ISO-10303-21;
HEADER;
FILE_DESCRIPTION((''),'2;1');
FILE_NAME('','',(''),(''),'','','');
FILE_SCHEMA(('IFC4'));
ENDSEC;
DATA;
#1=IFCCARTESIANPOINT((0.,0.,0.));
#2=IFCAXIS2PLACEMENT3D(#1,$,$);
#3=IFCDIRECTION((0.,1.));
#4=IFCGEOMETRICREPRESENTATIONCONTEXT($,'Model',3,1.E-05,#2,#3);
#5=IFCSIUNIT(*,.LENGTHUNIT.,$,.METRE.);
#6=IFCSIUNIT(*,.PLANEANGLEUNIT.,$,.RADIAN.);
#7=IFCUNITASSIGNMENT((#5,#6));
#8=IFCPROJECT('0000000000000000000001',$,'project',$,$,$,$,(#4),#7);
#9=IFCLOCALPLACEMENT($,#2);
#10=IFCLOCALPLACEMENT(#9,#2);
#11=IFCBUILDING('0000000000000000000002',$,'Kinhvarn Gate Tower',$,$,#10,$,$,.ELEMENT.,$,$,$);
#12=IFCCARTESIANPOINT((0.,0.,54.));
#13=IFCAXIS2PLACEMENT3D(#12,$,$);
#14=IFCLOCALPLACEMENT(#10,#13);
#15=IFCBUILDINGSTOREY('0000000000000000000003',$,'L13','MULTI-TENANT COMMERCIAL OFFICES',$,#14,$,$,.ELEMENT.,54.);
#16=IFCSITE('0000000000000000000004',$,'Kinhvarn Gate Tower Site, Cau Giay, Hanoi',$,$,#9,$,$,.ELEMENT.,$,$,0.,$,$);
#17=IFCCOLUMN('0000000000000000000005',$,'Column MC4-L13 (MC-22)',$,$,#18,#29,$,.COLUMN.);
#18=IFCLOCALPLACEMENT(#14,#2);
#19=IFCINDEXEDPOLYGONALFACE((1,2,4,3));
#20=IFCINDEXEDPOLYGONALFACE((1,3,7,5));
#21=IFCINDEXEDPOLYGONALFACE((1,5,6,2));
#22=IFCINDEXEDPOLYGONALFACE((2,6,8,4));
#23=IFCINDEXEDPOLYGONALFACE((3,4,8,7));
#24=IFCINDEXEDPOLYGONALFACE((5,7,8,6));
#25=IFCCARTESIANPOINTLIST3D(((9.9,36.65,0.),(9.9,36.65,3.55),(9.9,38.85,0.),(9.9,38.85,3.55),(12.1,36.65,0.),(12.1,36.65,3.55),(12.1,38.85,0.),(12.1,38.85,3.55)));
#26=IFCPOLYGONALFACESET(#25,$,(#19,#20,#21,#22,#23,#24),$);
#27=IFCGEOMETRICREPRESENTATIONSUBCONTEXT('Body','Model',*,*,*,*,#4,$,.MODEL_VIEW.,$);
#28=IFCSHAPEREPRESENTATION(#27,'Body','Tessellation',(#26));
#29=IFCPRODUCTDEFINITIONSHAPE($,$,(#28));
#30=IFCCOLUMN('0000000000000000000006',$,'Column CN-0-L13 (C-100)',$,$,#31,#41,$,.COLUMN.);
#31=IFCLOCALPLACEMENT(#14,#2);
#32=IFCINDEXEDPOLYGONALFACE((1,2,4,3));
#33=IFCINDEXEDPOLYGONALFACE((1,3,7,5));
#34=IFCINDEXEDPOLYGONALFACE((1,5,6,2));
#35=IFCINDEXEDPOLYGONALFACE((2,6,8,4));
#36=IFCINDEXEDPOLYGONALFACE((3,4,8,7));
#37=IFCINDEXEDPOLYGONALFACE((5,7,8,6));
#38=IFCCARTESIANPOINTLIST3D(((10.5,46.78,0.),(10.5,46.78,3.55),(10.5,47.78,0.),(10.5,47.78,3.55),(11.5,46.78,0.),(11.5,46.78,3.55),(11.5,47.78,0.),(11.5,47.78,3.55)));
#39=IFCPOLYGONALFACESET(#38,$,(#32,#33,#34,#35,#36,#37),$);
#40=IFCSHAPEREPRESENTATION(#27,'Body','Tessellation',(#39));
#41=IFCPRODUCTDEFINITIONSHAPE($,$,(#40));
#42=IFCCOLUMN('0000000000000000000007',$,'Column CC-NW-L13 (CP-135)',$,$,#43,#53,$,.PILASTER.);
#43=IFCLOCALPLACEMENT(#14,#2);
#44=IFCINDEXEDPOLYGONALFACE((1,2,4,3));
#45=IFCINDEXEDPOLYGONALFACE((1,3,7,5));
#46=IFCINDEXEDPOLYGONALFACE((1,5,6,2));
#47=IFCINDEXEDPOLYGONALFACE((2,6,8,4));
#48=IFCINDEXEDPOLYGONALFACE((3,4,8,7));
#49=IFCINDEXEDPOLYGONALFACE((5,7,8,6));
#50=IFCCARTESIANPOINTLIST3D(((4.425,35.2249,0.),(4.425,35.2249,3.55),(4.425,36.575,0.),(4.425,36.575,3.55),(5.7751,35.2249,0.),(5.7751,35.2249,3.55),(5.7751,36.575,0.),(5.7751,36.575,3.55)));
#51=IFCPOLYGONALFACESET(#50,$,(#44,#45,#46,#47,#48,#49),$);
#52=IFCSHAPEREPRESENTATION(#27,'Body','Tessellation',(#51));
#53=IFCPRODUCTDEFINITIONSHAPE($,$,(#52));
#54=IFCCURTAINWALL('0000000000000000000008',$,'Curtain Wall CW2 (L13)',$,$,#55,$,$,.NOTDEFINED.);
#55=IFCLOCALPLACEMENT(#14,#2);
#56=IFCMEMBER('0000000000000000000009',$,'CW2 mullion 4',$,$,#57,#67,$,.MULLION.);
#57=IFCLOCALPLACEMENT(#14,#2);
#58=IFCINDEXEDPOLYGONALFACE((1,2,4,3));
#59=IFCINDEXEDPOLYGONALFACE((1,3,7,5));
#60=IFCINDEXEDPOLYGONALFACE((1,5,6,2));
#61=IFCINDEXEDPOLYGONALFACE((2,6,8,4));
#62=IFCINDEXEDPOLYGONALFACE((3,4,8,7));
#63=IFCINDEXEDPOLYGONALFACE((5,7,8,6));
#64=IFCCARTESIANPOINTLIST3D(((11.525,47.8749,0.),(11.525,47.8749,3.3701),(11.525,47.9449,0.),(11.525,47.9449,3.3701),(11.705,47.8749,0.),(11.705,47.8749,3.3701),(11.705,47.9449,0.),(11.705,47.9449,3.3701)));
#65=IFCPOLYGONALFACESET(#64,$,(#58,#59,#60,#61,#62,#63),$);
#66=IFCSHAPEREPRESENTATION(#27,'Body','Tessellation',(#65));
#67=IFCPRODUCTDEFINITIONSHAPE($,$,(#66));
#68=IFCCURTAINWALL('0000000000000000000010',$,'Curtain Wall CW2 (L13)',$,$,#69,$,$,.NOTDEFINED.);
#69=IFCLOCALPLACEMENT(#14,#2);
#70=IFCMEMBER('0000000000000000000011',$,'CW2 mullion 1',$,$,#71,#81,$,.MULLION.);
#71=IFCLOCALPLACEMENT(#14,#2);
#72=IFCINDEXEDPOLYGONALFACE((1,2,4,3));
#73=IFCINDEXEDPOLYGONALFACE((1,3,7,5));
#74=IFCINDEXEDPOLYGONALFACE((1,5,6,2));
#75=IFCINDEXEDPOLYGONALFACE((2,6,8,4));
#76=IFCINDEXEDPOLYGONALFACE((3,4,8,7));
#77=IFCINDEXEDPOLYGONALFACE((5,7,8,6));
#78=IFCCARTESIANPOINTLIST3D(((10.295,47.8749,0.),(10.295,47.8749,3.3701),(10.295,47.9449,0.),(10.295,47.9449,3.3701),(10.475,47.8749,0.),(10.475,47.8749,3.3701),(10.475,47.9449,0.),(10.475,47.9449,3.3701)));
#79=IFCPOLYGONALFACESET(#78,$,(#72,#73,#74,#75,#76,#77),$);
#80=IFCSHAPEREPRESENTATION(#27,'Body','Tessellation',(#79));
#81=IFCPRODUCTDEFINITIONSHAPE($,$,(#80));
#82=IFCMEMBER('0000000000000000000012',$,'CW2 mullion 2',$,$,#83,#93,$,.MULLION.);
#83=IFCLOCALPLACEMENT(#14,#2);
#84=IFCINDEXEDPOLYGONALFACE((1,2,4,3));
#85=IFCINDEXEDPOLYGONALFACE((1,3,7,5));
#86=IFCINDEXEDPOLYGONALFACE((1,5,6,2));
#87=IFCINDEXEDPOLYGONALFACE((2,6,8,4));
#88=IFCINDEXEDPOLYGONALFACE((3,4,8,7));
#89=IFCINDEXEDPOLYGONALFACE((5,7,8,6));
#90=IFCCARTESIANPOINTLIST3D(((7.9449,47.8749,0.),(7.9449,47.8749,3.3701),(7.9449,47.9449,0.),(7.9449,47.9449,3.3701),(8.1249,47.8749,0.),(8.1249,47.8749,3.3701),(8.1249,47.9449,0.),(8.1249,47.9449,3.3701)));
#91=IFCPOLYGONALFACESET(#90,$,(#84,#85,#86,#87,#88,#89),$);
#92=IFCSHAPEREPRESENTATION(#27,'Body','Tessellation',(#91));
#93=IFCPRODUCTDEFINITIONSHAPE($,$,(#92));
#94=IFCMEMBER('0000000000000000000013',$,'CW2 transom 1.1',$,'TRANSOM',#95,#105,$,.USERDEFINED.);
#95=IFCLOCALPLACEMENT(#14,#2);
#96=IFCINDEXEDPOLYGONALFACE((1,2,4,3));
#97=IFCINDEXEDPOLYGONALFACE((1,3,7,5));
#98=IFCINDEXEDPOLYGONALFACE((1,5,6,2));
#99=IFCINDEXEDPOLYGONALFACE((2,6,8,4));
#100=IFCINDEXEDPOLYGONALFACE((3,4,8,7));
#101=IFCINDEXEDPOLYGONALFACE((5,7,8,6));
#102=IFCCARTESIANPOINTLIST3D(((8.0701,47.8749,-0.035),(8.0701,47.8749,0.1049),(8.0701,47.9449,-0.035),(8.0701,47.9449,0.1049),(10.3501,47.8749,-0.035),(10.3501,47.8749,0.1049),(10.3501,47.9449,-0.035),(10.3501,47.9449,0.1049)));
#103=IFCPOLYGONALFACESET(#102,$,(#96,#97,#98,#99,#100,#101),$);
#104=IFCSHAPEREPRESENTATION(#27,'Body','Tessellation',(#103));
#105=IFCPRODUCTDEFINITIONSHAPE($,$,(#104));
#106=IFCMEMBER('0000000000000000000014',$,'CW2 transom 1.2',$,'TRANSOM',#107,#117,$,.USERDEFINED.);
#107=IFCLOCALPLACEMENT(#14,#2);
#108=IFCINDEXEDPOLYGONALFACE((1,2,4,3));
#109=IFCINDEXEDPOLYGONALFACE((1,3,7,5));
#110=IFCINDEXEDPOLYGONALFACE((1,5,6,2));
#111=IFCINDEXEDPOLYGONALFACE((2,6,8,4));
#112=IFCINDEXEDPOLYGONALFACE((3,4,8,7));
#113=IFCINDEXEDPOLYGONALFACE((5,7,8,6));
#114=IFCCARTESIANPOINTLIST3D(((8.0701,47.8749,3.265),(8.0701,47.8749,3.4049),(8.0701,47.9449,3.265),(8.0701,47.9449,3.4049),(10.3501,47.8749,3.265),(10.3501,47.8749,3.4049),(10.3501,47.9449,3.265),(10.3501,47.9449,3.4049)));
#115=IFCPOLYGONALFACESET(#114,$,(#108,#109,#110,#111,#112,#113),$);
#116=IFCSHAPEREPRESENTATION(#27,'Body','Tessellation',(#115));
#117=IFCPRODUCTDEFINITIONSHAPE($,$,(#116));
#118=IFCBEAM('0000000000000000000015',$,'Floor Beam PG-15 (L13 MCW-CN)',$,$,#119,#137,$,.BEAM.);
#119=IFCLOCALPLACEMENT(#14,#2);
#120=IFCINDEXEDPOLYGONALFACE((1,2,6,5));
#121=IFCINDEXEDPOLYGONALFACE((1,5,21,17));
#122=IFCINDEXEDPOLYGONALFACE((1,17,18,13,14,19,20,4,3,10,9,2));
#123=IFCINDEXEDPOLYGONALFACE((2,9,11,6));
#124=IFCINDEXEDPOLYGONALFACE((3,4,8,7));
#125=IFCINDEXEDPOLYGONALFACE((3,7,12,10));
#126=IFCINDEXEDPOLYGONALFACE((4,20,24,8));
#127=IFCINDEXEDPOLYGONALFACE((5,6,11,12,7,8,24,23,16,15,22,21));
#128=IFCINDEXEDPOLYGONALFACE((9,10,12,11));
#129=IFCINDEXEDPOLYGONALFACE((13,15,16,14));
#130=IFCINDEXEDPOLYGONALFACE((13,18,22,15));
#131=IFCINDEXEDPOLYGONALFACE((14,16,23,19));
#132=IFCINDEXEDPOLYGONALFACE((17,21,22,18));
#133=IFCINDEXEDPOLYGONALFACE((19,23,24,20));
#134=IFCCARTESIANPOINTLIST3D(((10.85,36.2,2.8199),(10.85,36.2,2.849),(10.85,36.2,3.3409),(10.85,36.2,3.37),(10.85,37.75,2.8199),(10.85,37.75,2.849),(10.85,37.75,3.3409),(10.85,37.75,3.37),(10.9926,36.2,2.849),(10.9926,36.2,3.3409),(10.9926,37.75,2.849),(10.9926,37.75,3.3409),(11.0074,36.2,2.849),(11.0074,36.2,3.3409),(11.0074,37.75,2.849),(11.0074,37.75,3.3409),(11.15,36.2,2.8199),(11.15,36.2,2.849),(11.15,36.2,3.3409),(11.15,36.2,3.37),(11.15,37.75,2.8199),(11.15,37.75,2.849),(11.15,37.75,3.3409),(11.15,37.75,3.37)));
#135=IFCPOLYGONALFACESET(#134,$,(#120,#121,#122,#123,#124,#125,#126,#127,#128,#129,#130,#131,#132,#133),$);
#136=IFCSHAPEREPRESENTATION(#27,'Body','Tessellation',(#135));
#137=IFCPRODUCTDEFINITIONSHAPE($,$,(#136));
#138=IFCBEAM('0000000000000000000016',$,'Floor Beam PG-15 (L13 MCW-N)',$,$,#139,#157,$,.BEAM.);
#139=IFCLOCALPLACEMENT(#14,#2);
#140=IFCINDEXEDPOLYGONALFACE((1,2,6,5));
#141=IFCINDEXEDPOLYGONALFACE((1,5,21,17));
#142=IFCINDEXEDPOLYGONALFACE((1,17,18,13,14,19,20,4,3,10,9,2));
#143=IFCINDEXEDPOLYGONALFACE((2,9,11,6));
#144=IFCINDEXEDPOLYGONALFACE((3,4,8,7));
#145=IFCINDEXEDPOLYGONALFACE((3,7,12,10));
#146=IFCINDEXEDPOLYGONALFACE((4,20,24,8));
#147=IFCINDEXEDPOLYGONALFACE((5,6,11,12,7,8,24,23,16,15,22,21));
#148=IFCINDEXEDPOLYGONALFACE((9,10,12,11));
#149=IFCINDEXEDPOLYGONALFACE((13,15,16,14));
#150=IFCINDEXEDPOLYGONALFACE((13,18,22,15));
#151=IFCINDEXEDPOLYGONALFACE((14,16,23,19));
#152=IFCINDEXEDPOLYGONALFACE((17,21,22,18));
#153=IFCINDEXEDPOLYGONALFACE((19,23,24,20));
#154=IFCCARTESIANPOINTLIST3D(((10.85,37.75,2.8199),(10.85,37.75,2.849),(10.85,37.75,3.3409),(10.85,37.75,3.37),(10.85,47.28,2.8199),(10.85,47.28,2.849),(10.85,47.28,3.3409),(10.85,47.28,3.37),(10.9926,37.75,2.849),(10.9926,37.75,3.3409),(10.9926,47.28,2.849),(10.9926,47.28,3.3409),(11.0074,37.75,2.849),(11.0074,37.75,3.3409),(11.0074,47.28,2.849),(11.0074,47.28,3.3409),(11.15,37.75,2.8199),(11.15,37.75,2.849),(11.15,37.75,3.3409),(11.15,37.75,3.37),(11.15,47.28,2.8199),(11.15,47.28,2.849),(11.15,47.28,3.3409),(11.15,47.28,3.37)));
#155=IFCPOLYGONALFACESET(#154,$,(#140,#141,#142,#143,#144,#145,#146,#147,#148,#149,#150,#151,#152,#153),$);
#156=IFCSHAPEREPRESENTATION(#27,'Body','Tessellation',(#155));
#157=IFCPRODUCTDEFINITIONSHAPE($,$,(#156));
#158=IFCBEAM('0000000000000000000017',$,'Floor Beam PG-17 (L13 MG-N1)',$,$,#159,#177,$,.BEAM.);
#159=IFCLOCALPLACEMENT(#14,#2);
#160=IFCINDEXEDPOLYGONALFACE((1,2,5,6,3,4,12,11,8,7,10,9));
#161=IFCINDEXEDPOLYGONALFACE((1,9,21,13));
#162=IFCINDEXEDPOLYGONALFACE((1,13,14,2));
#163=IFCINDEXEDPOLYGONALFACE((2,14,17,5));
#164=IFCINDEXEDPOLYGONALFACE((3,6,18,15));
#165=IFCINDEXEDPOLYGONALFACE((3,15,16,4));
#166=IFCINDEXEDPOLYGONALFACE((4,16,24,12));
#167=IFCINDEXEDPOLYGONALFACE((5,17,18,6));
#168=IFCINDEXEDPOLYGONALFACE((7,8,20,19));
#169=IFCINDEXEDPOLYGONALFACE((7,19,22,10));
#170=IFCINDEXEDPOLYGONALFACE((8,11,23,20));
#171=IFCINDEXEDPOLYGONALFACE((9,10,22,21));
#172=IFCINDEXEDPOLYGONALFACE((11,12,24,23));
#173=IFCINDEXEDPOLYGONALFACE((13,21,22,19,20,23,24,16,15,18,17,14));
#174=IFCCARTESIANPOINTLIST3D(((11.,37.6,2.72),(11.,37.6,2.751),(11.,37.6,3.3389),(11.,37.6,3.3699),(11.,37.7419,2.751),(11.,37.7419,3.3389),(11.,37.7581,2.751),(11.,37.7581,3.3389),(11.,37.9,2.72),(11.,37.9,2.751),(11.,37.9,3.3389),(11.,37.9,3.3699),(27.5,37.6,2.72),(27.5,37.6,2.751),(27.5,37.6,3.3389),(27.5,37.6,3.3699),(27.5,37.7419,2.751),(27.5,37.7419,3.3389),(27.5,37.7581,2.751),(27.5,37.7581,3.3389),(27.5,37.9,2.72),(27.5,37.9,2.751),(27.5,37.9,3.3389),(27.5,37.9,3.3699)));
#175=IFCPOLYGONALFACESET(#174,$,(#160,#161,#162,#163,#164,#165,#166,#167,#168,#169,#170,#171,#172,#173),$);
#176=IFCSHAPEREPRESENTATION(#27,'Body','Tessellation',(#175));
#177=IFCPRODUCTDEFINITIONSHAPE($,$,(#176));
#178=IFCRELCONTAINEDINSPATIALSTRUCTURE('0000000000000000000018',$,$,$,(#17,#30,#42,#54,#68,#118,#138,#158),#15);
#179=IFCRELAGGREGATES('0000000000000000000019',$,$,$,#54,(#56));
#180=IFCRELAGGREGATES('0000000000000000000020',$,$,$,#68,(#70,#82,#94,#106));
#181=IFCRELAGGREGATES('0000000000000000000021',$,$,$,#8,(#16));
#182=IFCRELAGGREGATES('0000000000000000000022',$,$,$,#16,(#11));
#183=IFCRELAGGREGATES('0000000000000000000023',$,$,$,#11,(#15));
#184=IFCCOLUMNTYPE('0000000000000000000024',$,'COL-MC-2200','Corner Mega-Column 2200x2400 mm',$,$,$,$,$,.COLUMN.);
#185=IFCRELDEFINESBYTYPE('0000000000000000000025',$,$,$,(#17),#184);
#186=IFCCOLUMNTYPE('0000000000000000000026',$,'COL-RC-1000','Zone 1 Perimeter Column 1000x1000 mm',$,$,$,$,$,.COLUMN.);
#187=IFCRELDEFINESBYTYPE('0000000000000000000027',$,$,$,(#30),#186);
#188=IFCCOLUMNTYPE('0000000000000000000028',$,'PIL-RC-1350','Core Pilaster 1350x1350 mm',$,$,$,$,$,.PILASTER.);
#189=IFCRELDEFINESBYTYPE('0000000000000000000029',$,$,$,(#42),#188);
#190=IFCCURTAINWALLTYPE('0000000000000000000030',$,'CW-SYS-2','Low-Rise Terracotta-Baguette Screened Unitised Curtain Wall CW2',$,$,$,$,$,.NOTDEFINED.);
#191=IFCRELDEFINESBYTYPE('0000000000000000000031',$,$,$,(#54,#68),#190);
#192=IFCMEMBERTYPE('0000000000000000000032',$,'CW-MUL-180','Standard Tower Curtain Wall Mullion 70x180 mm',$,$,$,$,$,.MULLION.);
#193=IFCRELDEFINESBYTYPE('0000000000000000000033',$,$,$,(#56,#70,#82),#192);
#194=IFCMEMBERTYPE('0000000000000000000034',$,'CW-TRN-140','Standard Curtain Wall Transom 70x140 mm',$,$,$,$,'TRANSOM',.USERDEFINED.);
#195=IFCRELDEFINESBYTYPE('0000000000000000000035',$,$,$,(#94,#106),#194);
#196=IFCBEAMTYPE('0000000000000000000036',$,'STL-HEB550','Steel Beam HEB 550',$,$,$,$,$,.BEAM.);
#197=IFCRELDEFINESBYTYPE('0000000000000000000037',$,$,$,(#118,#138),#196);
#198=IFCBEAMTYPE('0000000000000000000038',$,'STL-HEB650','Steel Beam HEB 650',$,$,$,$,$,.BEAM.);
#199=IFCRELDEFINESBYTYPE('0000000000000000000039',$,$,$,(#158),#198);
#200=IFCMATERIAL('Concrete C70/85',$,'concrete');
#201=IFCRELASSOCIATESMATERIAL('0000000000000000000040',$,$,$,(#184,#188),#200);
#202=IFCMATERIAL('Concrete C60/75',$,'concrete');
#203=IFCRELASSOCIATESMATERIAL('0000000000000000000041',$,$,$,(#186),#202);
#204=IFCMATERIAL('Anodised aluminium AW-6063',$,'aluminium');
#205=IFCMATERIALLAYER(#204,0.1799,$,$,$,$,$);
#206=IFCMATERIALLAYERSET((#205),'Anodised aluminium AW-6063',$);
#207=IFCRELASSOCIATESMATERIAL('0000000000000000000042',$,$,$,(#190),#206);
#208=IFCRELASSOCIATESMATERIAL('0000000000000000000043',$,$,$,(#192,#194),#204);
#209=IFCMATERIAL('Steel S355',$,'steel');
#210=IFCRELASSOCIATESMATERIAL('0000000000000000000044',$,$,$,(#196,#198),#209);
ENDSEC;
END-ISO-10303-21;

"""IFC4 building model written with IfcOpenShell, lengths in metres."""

from ifc_helpers import new_model, si_unit, direction, frame, origin, origin_2d, place, context, subcontext, project, spatial, rectangle, i_section, extrude, material, layer, layer_set, material_profile, profile_set, type_object, element, aggregate, save


model = new_model("IFC4")

# Units and contexts
model_context = context("Model", 3, precision=1e-05, world=origin(), true_north=direction((0.0, 1.0)))
body_context = subcontext(model_context, "Body", "Model", "MODEL_VIEW")
ifc_project = project(units=[si_unit("LENGTHUNIT", "METRE"), si_unit("PLANEANGLEUNIT", "RADIAN")], contexts=[model_context])

# Site, building, storey
site_placement = place(None, origin())
site = spatial("IfcSite", under=ifc_project, at=site_placement, Name="Kinhvarn Gate Tower Site, Cau Giay, Hanoi", CompositionType="ELEMENT", RefElevation=0.0)
building_placement = place(site_placement, origin())
building = spatial("IfcBuilding", under=site, at=building_placement, Name="Kinhvarn Gate Tower", CompositionType="ELEMENT")
storey_placement = place(building_placement, frame((0.0, 0.0, 54.0)))
storey = spatial("IfcBuildingStorey", under=building, at=storey_placement, Name="L13", Description="MULTI-TENANT COMMERCIAL OFFICES", CompositionType="ELEMENT", Elevation=54.0)

# Columns
ifc_material_1 = material(Name="Concrete C70/85", Category="concrete")
ifc_material_profile_1 = material_profile(ifc_material_1, rectangle(XDim=2.2, YDim=2.2, at=origin_2d()), Name="RC 2200x2200")
ifc_profile_set_1 = profile_set([ifc_material_profile_1], Name="Concrete C70/85")
column_type_1 = type_object("IfcColumnType", Name="COL-MC-2200", Description="Corner Mega-Column 2200x2400 mm", PredefinedType="COLUMN", material=ifc_profile_set_1)
column_1_placement = place(storey_placement, frame((11.0, 37.75, 0.0), z_axis=(0.0, 0.0, 1.0), x_axis=(1.0, 0.0, 0.0)))
element("IfcColumn", 1, at=column_1_placement, inside=storey, type_object=column_type_1, Name="Column MC4-L13 (MC-22)", PredefinedType="COLUMN", context=body_context, shape_type="SweptSolid", body=[
    extrude(rectangle(XDim=2.2, YDim=2.2, at=origin_2d()), origin(), (0.0, 0.0, 1.0), 3.55),
])
ifc_material_2 = material(Name="Concrete C60/75", Category="concrete")
ifc_material_profile_2 = material_profile(ifc_material_2, rectangle(XDim=1.0, YDim=1.0, at=origin_2d()), Name="RC 1000x1000")
ifc_profile_set_2 = profile_set([ifc_material_profile_2], Name="Concrete C60/75")
column_type_2 = type_object("IfcColumnType", Name="COL-RC-1000", Description="Zone 1 Perimeter Column 1000x1000 mm", PredefinedType="COLUMN", material=ifc_profile_set_2)
column_2_placement = place(storey_placement, frame((11.0, 47.28, 0.0), z_axis=(0.0, 0.0, 1.0), x_axis=(1.0, 0.0, 0.0)))
element("IfcColumn", 2, at=column_2_placement, inside=storey, type_object=column_type_2, Name="Column CN-0-L13 (C-100)", PredefinedType="COLUMN", context=body_context, shape_type="SweptSolid", body=[
    extrude(rectangle(XDim=1.0, YDim=1.0, at=origin_2d()), origin(), (0.0, 0.0, 1.0), 3.55),
])
ifc_material_profile_3 = material_profile(ifc_material_1, rectangle(XDim=1.3501, YDim=1.3501, at=origin_2d()), Name="RC 1350x1350")
ifc_profile_set_3 = profile_set([ifc_material_profile_3], Name="Concrete C70/85")
column_type_3 = type_object("IfcColumnType", Name="PIL-RC-1350", Description="Core Pilaster 1350x1350 mm", PredefinedType="PILASTER", material=ifc_profile_set_3)
column_3_placement = place(storey_placement, frame((5.1001, 35.8999, 0.0), z_axis=(0.0, 0.0, 1.0), x_axis=(1.0, 0.0, 0.0)))
element("IfcColumn", 3, at=column_3_placement, inside=storey, type_object=column_type_3, Name="Column CC-NW-L13 (CP-135)", PredefinedType="PILASTER", context=body_context, shape_type="SweptSolid", body=[
    extrude(rectangle(XDim=1.3501, YDim=1.3501, at=origin_2d()), origin(), (0.0, 0.0, 1.0), 3.55),
])

# Curtain wall, member
ifc_material_3 = material(Name="Anodised aluminium AW-6063", Category="aluminium")
ifc_layer_1 = layer(ifc_material_3, 0.1799)
ifc_layer_set_1 = layer_set([ifc_layer_1], Name="Anodised aluminium AW-6063")
curtain_wall_type = type_object("IfcCurtainWallType", Name="CW-SYS-2", Description="Low-Rise Terracotta-Baguette Screened Unitised Curtain Wall CW2", PredefinedType="NOTDEFINED", material=ifc_layer_set_1)
curtain_wall_1_placement = place(storey_placement, origin())
curtain_wall_1 = element("IfcCurtainWall", 4, at=curtain_wall_1_placement, inside=storey, type_object=curtain_wall_type, Name="Curtain Wall CW2 (L13)", PredefinedType="NOTDEFINED")
ifc_material_profile_4 = material_profile(ifc_material_3, rectangle(XDim=0.0701, YDim=0.1799, at=origin_2d()), Name="ALU 70x180")
ifc_profile_set_4 = profile_set([ifc_material_profile_4], Name="Anodised aluminium AW-6063")
member_type_1 = type_object("IfcMemberType", Name="CW-MUL-180", Description="Standard Tower Curtain Wall Mullion 70x180 mm", PredefinedType="MULLION", material=ifc_profile_set_4)
member_1_placement = place(storey_placement, frame((11.615, 47.9099, 0.0), z_axis=(0.0, 0.0, 1.0), x_axis=(0.0, -1.0, 0.0)))
member_1 = element("IfcMember", 5, at=member_1_placement, type_object=member_type_1, Name="CW2 mullion 4", PredefinedType="MULLION", context=body_context, shape_type="SweptSolid", body=[
    extrude(rectangle(XDim=0.0701, YDim=0.1799, at=origin_2d()), origin(), (0.0, 0.0, 1.0), 3.3701),
])
aggregate(curtain_wall_1, [member_1])

# Curtain wall, members
curtain_wall_2_placement = place(storey_placement, origin())
curtain_wall_2 = element("IfcCurtainWall", 6, at=curtain_wall_2_placement, inside=storey, type_object=curtain_wall_type, Name="Curtain Wall CW2 (L13)", PredefinedType="NOTDEFINED")
member_2_placement = place(storey_placement, frame((10.385, 47.9099, 0.0), z_axis=(0.0, 0.0, 1.0), x_axis=(0.0, -1.0, 0.0)))
member_2 = element("IfcMember", 7, at=member_2_placement, type_object=member_type_1, Name="CW2 mullion 1", PredefinedType="MULLION", context=body_context, shape_type="SweptSolid", body=[
    extrude(rectangle(XDim=0.0701, YDim=0.1799, at=origin_2d()), origin(), (0.0, 0.0, 1.0), 3.3701),
])
member_3_placement = place(storey_placement, frame((8.0349, 47.9099, 0.0), z_axis=(0.0, 0.0, 1.0), x_axis=(0.0, -1.0, 0.0)))
member_3 = element("IfcMember", 8, at=member_3_placement, type_object=member_type_1, Name="CW2 mullion 2", PredefinedType="MULLION", context=body_context, shape_type="SweptSolid", body=[
    extrude(rectangle(XDim=0.0701, YDim=0.1799, at=origin_2d()), origin(), (0.0, 0.0, 1.0), 3.3701),
])
ifc_material_profile_5 = material_profile(ifc_material_3, rectangle(XDim=0.0701, YDim=0.1399, at=origin_2d()), Name="ALU 70x140")
ifc_profile_set_5 = profile_set([ifc_material_profile_5], Name="Anodised aluminium AW-6063")
member_type_2 = type_object("IfcMemberType", Name="CW-TRN-140", Description="Standard Curtain Wall Transom 70x140 mm", ElementType="TRANSOM", PredefinedType="USERDEFINED", material=ifc_profile_set_5)
member_4_placement = place(storey_placement, frame((10.3501, 47.9099, 0.0349), z_axis=(-1.0, 0.0, 0.0), x_axis=(0.0, -1.0, 0.0)))
member_4 = element("IfcMember", 9, at=member_4_placement, type_object=member_type_2, Name="CW2 transom 1.1", ObjectType="TRANSOM", PredefinedType="USERDEFINED", context=body_context, shape_type="SweptSolid", body=[
    extrude(rectangle(XDim=0.0701, YDim=0.1399, at=origin_2d()), origin(), (0.0, 0.0, 1.0), 2.28),
])
member_5_placement = place(storey_placement, frame((10.3501, 47.9099, 3.335), z_axis=(-1.0, 0.0, 0.0), x_axis=(0.0, -1.0, 0.0)))
member_5 = element("IfcMember", 10, at=member_5_placement, type_object=member_type_2, Name="CW2 transom 1.2", ObjectType="TRANSOM", PredefinedType="USERDEFINED", context=body_context, shape_type="SweptSolid", body=[
    extrude(rectangle(XDim=0.0701, YDim=0.1399, at=origin_2d()), origin(), (0.0, 0.0, 1.0), 2.28),
])

# Beams
ifc_material_4 = material(Name="Steel S355", Category="steel")
ifc_material_profile_6 = material_profile(ifc_material_4, i_section(OverallWidth=0.3, OverallDepth=0.55, WebThickness=0.0149, FlangeThickness=0.0291, at=origin_2d()), Name="HEB 550")
ifc_profile_set_6 = profile_set([ifc_material_profile_6], Name="Steel S355")
beam_type_1 = type_object("IfcBeamType", Name="STL-HEB550", Description="Steel Beam HEB 550", PredefinedType="BEAM", material=ifc_profile_set_6)
beam_1_placement = place(storey_placement, frame((11.0, 36.2, 3.095), z_axis=(0.0, 1.0, 0.0), x_axis=(-1.0, 0.0, 0.0)))
element("IfcBeam", 11, at=beam_1_placement, inside=storey, type_object=beam_type_1, Name="Floor Beam PG-15 (L13 MCW-CN)", PredefinedType="BEAM", context=body_context, shape_type="SweptSolid", body=[
    extrude(i_section(OverallWidth=0.3, OverallDepth=0.55, WebThickness=0.0149, FlangeThickness=0.0291, at=origin_2d()), origin(), (0.0, 0.0, 1.0), 1.55),
])
beam_2_placement = place(storey_placement, frame((11.0, 37.75, 3.095), z_axis=(0.0, 1.0, 0.0), x_axis=(-1.0, 0.0, 0.0)))
element("IfcBeam", 12, at=beam_2_placement, inside=storey, type_object=beam_type_1, Name="Floor Beam PG-15 (L13 MCW-N)", PredefinedType="BEAM", context=body_context, shape_type="SweptSolid", body=[
    extrude(i_section(OverallWidth=0.3, OverallDepth=0.55, WebThickness=0.0149, FlangeThickness=0.0291, at=origin_2d()), origin(), (0.0, 0.0, 1.0), 9.53),
])
ifc_material_profile_7 = material_profile(ifc_material_4, i_section(OverallWidth=0.3, OverallDepth=0.6499, WebThickness=0.0161, FlangeThickness=0.031, at=origin_2d()), Name="HEB 650")
ifc_profile_set_7 = profile_set([ifc_material_profile_7], Name="Steel S355")
beam_type_2 = type_object("IfcBeamType", Name="STL-HEB650", Description="Steel Beam HEB 650", PredefinedType="BEAM", material=ifc_profile_set_7)
beam_3_placement = place(storey_placement, frame((11.0, 37.75, 3.0449), z_axis=(1.0, 0.0, 0.0), x_axis=(0.0, 1.0, 0.0)))
element("IfcBeam", 13, at=beam_3_placement, inside=storey, type_object=beam_type_2, Name="Floor Beam PG-17 (L13 MG-N1)", PredefinedType="BEAM", context=body_context, shape_type="SweptSolid", body=[
    extrude(i_section(OverallWidth=0.3, OverallDepth=0.6499, WebThickness=0.0161, FlangeThickness=0.031, at=origin_2d()), origin(), (0.0, 0.0, 1.0), 16.5),
])

aggregate(curtain_wall_2, [member_2, member_3, member_4, member_5])

save(model, "model.ifc")
